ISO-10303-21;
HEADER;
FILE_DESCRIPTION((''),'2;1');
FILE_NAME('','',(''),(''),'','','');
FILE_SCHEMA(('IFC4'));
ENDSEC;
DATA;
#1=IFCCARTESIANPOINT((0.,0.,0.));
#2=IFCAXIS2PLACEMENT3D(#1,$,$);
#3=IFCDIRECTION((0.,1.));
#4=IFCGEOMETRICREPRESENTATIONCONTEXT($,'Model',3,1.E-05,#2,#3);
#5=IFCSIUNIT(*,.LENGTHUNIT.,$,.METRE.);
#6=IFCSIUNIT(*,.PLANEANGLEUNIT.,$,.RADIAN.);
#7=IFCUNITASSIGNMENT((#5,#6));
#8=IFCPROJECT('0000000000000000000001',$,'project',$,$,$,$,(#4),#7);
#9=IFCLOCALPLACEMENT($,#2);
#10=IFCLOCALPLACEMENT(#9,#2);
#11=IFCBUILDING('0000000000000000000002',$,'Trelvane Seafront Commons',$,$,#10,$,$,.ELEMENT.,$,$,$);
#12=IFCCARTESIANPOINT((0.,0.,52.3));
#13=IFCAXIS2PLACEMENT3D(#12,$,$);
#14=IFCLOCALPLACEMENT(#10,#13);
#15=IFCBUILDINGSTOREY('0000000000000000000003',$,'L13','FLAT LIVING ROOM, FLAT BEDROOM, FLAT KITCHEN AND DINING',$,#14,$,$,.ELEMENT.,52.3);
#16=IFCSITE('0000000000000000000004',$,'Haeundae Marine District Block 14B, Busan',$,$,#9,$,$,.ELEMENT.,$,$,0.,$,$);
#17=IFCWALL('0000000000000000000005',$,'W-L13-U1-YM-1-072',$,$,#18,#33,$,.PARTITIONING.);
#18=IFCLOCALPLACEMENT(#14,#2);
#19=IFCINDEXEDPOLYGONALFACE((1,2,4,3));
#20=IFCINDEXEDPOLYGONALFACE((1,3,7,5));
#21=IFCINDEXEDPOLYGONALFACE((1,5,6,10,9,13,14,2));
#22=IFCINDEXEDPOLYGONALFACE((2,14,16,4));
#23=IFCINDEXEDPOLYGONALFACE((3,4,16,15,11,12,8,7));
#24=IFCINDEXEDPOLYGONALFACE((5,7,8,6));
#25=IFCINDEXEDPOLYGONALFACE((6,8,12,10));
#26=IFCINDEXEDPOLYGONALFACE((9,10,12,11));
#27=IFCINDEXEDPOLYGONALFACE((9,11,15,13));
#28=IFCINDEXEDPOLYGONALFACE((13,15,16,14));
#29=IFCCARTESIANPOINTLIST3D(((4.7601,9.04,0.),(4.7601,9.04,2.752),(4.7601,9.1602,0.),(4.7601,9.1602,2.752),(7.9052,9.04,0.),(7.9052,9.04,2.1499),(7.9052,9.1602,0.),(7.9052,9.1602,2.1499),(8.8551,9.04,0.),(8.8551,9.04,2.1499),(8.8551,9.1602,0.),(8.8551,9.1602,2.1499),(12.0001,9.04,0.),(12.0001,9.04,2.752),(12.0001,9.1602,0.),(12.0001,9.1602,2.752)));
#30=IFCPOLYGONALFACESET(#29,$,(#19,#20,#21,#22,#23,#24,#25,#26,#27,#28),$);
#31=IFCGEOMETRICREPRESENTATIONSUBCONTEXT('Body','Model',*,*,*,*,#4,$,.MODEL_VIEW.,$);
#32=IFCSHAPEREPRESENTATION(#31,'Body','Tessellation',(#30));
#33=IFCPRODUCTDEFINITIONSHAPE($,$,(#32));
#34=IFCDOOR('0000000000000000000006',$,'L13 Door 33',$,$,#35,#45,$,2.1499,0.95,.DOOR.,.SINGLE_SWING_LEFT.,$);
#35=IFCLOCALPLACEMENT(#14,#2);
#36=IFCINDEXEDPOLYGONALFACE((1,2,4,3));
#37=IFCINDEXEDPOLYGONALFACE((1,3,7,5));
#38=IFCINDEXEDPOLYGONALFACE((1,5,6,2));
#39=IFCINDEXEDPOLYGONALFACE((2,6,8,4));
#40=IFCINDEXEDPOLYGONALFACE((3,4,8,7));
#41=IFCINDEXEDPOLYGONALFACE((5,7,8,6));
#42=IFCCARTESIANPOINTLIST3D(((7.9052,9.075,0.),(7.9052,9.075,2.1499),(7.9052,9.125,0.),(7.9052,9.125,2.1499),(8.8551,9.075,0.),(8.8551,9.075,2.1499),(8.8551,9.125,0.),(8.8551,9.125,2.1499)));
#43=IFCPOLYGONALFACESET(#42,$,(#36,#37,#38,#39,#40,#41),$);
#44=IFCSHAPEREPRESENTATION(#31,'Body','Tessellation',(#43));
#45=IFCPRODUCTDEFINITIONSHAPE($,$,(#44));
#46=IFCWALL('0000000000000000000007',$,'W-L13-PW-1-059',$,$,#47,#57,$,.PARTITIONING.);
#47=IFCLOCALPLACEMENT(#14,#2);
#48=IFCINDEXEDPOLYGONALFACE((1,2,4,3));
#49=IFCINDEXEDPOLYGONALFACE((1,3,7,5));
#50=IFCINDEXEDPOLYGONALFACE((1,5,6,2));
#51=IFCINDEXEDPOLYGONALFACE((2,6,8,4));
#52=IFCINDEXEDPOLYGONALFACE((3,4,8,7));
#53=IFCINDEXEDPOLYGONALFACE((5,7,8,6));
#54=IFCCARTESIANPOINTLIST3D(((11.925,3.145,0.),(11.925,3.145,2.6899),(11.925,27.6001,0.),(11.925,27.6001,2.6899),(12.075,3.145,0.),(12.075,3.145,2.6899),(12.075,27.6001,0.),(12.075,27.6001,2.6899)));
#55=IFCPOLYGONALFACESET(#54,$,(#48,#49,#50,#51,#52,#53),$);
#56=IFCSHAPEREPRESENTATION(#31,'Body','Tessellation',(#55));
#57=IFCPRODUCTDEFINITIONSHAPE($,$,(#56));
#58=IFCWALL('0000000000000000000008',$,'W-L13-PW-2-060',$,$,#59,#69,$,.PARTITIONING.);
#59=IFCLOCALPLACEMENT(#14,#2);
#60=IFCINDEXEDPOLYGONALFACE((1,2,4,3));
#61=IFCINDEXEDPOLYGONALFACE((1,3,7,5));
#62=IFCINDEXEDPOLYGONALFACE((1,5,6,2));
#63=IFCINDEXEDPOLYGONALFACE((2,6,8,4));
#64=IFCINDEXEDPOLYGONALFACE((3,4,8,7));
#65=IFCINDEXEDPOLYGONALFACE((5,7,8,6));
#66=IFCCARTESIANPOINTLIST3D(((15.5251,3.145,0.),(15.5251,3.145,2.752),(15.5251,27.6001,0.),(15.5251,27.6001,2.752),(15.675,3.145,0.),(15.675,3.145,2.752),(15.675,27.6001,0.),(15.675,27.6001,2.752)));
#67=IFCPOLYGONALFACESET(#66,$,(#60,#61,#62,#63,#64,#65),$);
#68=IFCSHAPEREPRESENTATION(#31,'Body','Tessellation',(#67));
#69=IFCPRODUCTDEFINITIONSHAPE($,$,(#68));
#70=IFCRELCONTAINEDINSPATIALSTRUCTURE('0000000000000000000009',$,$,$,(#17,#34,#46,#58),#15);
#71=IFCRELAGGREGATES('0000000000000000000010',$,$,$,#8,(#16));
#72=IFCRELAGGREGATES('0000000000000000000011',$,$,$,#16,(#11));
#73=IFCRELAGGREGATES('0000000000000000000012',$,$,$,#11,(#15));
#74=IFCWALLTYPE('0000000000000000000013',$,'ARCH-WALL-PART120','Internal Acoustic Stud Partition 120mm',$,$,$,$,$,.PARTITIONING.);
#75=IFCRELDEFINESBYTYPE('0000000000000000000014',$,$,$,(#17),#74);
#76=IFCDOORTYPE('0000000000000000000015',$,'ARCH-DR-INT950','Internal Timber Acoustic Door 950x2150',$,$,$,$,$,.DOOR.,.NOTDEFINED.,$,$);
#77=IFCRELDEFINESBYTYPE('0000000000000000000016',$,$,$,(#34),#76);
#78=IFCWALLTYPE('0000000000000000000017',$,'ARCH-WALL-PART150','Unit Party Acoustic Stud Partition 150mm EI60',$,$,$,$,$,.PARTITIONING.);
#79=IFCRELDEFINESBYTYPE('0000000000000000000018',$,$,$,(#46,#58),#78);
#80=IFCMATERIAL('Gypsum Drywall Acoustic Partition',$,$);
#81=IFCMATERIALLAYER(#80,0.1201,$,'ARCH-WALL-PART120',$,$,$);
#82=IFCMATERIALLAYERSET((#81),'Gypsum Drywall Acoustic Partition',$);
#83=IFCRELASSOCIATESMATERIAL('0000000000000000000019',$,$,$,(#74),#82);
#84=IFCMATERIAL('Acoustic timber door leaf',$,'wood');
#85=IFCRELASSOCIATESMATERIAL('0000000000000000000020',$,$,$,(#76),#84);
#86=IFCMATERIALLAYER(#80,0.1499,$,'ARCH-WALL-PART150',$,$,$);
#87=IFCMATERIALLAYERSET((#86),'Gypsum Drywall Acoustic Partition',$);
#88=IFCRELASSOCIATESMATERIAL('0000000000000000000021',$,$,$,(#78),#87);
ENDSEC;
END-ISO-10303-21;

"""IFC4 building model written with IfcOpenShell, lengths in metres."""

from ifc_helpers import new_model, si_unit, direction, frame, frame_2d, origin, place, context, subcontext, project, spatial, rectangle, extrude, source, transform, mapped, material, layer, layer_set, type_object, element, fill, save


model = new_model("IFC4")

# Units and contexts
model_context = context("Model", 3, precision=1e-05, world=origin(), true_north=direction((0.0, 1.0)))
body_context = subcontext(model_context, "Body", "Model", "MODEL_VIEW")
ifc_project = project(units=[si_unit("LENGTHUNIT", "METRE"), si_unit("PLANEANGLEUNIT", "RADIAN")], contexts=[model_context])

# Site, building, storey
site_placement = place(None, origin())
site = spatial("IfcSite", under=ifc_project, at=site_placement, Name="Haeundae Marine District Block 14B, Busan", CompositionType="ELEMENT", RefElevation=0.0)
building_placement = place(site_placement, origin())
building = spatial("IfcBuilding", under=site, at=building_placement, Name="Trelvane Seafront Commons", CompositionType="ELEMENT")
storey_placement = place(building_placement, frame((0.0, 0.0, 52.3)))
storey = spatial("IfcBuildingStorey", under=building, at=storey_placement, Name="L13", Description="FLAT LIVING ROOM, FLAT BEDROOM, FLAT KITCHEN AND DINING", CompositionType="ELEMENT", Elevation=52.3)

# Wall, opening, door
ifc_material_1 = material(Name="Gypsum Drywall Acoustic Partition")
ifc_layer_1 = layer(ifc_material_1, 0.1201, Name="ARCH-WALL-PART120")
ifc_layer_set_1 = layer_set([ifc_layer_1], Name="Gypsum Drywall Acoustic Partition")
wall_type_1 = type_object("IfcWallType", Name="ARCH-WALL-PART120", Description="Internal Acoustic Stud Partition 120mm", PredefinedType="PARTITIONING", material=ifc_layer_set_1)
wall_1_placement = place(storey_placement, frame((4.76, 9.1001, 0.0), z_axis=(0.0, 0.0, 1.0), x_axis=(1.0, 0.0, 0.0)))
wall_1 = element("IfcWall", 1, at=wall_1_placement, inside=storey, type_object=wall_type_1, Name="W-L13-U1-YM-1-072", PredefinedType="PARTITIONING", context=body_context, shape_type="SweptSolid", body=[
    extrude(rectangle(XDim=7.24, YDim=0.1201, at=frame_2d((3.6201, 0.0))), origin(), (0.0, 0.0, 1.0), 2.752),
])
opening_1_placement = place(wall_1_placement, frame((3.145, 0.0, 0.0)))
opening_1 = element("IfcOpeningElement", 2, at=opening_1_placement, cuts=wall_1, PredefinedType="OPENING", context=body_context, shape_type="SweptSolid", body=[
    extrude(rectangle(XDim=0.95, YDim=2.1499, at=frame_2d((0.4751, 1.075))), frame((0.0, 0.0701, 0.0), z_axis=(0.0, -1.0, 0.0), x_axis=(1.0, 0.0, 0.0)), (0.0, 0.0, 1.0), 0.1401),
])
ifc_material_2 = material(Name="Acoustic timber door leaf", Category="wood")
door_type = type_object("IfcDoorType", Name="ARCH-DR-INT950", Description="Internal Timber Acoustic Door 950x2150", OperationType="NOTDEFINED", PredefinedType="DOOR", material=ifc_material_2)
shared_shape_1 = source(origin(), body_context, "Body", "SweptSolid", [
    extrude(rectangle(XDim=0.95, YDim=2.1499, at=frame_2d((0.4751, 1.075))), frame((0.0, 0.0249, 0.0), z_axis=(0.0, -1.0, 0.0), x_axis=(1.0, 0.0, 0.0)), (0.0, 0.0, 1.0), 0.05),
])
door_1_placement = place(opening_1_placement, origin())
door_1 = element("IfcDoor", 3, at=door_1_placement, inside=storey, type_object=door_type, Name="L13 Door 33", OperationType="SINGLE_SWING_LEFT", OverallHeight=2.1499, OverallWidth=0.95, PredefinedType="DOOR", context=body_context, shape_type="MappedRepresentation", body=[
    mapped(shared_shape_1, transform((0.0, 0.0, 0.0), x_axis=(1.0, 0.0, 0.0), y_axis=(0.0, 1.0, 0.0), z_axis=(0.0, 0.0, 1.0), scale=1.0)),
])
fill(opening_1, door_1)

# Walls
ifc_layer_2 = layer(ifc_material_1, 0.1499, Name="ARCH-WALL-PART150")
ifc_layer_set_2 = layer_set([ifc_layer_2], Name="Gypsum Drywall Acoustic Partition")
wall_type_2 = type_object("IfcWallType", Name="ARCH-WALL-PART150", Description="Unit Party Acoustic Stud Partition 150mm EI60", PredefinedType="PARTITIONING", material=ifc_layer_set_2)
wall_2_placement = place(storey_placement, frame((12.0, 3.145, 0.0), z_axis=(0.0, 0.0, 1.0), x_axis=(0.0, 1.0, 0.0)))
element("IfcWall", 4, at=wall_2_placement, inside=storey, type_object=wall_type_2, Name="W-L13-PW-1-059", PredefinedType="PARTITIONING", context=body_context, shape_type="SweptSolid", body=[
    extrude(rectangle(XDim=24.4551, YDim=0.1499, at=frame_2d((12.2275, 0.0))), origin(), (0.0, 0.0, 1.0), 2.6899),
])
wall_3_placement = place(storey_placement, frame((15.6001, 3.145, 0.0), z_axis=(0.0, 0.0, 1.0), x_axis=(0.0, 1.0, 0.0)))
element("IfcWall", 5, at=wall_3_placement, inside=storey, type_object=wall_type_2, Name="W-L13-PW-2-060", PredefinedType="PARTITIONING", context=body_context, shape_type="SweptSolid", body=[
    extrude(rectangle(XDim=24.4551, YDim=0.1499, at=frame_2d((12.2275, 0.0))), origin(), (0.0, 0.0, 1.0), 2.752),
])

save(model, "model.ifc")
